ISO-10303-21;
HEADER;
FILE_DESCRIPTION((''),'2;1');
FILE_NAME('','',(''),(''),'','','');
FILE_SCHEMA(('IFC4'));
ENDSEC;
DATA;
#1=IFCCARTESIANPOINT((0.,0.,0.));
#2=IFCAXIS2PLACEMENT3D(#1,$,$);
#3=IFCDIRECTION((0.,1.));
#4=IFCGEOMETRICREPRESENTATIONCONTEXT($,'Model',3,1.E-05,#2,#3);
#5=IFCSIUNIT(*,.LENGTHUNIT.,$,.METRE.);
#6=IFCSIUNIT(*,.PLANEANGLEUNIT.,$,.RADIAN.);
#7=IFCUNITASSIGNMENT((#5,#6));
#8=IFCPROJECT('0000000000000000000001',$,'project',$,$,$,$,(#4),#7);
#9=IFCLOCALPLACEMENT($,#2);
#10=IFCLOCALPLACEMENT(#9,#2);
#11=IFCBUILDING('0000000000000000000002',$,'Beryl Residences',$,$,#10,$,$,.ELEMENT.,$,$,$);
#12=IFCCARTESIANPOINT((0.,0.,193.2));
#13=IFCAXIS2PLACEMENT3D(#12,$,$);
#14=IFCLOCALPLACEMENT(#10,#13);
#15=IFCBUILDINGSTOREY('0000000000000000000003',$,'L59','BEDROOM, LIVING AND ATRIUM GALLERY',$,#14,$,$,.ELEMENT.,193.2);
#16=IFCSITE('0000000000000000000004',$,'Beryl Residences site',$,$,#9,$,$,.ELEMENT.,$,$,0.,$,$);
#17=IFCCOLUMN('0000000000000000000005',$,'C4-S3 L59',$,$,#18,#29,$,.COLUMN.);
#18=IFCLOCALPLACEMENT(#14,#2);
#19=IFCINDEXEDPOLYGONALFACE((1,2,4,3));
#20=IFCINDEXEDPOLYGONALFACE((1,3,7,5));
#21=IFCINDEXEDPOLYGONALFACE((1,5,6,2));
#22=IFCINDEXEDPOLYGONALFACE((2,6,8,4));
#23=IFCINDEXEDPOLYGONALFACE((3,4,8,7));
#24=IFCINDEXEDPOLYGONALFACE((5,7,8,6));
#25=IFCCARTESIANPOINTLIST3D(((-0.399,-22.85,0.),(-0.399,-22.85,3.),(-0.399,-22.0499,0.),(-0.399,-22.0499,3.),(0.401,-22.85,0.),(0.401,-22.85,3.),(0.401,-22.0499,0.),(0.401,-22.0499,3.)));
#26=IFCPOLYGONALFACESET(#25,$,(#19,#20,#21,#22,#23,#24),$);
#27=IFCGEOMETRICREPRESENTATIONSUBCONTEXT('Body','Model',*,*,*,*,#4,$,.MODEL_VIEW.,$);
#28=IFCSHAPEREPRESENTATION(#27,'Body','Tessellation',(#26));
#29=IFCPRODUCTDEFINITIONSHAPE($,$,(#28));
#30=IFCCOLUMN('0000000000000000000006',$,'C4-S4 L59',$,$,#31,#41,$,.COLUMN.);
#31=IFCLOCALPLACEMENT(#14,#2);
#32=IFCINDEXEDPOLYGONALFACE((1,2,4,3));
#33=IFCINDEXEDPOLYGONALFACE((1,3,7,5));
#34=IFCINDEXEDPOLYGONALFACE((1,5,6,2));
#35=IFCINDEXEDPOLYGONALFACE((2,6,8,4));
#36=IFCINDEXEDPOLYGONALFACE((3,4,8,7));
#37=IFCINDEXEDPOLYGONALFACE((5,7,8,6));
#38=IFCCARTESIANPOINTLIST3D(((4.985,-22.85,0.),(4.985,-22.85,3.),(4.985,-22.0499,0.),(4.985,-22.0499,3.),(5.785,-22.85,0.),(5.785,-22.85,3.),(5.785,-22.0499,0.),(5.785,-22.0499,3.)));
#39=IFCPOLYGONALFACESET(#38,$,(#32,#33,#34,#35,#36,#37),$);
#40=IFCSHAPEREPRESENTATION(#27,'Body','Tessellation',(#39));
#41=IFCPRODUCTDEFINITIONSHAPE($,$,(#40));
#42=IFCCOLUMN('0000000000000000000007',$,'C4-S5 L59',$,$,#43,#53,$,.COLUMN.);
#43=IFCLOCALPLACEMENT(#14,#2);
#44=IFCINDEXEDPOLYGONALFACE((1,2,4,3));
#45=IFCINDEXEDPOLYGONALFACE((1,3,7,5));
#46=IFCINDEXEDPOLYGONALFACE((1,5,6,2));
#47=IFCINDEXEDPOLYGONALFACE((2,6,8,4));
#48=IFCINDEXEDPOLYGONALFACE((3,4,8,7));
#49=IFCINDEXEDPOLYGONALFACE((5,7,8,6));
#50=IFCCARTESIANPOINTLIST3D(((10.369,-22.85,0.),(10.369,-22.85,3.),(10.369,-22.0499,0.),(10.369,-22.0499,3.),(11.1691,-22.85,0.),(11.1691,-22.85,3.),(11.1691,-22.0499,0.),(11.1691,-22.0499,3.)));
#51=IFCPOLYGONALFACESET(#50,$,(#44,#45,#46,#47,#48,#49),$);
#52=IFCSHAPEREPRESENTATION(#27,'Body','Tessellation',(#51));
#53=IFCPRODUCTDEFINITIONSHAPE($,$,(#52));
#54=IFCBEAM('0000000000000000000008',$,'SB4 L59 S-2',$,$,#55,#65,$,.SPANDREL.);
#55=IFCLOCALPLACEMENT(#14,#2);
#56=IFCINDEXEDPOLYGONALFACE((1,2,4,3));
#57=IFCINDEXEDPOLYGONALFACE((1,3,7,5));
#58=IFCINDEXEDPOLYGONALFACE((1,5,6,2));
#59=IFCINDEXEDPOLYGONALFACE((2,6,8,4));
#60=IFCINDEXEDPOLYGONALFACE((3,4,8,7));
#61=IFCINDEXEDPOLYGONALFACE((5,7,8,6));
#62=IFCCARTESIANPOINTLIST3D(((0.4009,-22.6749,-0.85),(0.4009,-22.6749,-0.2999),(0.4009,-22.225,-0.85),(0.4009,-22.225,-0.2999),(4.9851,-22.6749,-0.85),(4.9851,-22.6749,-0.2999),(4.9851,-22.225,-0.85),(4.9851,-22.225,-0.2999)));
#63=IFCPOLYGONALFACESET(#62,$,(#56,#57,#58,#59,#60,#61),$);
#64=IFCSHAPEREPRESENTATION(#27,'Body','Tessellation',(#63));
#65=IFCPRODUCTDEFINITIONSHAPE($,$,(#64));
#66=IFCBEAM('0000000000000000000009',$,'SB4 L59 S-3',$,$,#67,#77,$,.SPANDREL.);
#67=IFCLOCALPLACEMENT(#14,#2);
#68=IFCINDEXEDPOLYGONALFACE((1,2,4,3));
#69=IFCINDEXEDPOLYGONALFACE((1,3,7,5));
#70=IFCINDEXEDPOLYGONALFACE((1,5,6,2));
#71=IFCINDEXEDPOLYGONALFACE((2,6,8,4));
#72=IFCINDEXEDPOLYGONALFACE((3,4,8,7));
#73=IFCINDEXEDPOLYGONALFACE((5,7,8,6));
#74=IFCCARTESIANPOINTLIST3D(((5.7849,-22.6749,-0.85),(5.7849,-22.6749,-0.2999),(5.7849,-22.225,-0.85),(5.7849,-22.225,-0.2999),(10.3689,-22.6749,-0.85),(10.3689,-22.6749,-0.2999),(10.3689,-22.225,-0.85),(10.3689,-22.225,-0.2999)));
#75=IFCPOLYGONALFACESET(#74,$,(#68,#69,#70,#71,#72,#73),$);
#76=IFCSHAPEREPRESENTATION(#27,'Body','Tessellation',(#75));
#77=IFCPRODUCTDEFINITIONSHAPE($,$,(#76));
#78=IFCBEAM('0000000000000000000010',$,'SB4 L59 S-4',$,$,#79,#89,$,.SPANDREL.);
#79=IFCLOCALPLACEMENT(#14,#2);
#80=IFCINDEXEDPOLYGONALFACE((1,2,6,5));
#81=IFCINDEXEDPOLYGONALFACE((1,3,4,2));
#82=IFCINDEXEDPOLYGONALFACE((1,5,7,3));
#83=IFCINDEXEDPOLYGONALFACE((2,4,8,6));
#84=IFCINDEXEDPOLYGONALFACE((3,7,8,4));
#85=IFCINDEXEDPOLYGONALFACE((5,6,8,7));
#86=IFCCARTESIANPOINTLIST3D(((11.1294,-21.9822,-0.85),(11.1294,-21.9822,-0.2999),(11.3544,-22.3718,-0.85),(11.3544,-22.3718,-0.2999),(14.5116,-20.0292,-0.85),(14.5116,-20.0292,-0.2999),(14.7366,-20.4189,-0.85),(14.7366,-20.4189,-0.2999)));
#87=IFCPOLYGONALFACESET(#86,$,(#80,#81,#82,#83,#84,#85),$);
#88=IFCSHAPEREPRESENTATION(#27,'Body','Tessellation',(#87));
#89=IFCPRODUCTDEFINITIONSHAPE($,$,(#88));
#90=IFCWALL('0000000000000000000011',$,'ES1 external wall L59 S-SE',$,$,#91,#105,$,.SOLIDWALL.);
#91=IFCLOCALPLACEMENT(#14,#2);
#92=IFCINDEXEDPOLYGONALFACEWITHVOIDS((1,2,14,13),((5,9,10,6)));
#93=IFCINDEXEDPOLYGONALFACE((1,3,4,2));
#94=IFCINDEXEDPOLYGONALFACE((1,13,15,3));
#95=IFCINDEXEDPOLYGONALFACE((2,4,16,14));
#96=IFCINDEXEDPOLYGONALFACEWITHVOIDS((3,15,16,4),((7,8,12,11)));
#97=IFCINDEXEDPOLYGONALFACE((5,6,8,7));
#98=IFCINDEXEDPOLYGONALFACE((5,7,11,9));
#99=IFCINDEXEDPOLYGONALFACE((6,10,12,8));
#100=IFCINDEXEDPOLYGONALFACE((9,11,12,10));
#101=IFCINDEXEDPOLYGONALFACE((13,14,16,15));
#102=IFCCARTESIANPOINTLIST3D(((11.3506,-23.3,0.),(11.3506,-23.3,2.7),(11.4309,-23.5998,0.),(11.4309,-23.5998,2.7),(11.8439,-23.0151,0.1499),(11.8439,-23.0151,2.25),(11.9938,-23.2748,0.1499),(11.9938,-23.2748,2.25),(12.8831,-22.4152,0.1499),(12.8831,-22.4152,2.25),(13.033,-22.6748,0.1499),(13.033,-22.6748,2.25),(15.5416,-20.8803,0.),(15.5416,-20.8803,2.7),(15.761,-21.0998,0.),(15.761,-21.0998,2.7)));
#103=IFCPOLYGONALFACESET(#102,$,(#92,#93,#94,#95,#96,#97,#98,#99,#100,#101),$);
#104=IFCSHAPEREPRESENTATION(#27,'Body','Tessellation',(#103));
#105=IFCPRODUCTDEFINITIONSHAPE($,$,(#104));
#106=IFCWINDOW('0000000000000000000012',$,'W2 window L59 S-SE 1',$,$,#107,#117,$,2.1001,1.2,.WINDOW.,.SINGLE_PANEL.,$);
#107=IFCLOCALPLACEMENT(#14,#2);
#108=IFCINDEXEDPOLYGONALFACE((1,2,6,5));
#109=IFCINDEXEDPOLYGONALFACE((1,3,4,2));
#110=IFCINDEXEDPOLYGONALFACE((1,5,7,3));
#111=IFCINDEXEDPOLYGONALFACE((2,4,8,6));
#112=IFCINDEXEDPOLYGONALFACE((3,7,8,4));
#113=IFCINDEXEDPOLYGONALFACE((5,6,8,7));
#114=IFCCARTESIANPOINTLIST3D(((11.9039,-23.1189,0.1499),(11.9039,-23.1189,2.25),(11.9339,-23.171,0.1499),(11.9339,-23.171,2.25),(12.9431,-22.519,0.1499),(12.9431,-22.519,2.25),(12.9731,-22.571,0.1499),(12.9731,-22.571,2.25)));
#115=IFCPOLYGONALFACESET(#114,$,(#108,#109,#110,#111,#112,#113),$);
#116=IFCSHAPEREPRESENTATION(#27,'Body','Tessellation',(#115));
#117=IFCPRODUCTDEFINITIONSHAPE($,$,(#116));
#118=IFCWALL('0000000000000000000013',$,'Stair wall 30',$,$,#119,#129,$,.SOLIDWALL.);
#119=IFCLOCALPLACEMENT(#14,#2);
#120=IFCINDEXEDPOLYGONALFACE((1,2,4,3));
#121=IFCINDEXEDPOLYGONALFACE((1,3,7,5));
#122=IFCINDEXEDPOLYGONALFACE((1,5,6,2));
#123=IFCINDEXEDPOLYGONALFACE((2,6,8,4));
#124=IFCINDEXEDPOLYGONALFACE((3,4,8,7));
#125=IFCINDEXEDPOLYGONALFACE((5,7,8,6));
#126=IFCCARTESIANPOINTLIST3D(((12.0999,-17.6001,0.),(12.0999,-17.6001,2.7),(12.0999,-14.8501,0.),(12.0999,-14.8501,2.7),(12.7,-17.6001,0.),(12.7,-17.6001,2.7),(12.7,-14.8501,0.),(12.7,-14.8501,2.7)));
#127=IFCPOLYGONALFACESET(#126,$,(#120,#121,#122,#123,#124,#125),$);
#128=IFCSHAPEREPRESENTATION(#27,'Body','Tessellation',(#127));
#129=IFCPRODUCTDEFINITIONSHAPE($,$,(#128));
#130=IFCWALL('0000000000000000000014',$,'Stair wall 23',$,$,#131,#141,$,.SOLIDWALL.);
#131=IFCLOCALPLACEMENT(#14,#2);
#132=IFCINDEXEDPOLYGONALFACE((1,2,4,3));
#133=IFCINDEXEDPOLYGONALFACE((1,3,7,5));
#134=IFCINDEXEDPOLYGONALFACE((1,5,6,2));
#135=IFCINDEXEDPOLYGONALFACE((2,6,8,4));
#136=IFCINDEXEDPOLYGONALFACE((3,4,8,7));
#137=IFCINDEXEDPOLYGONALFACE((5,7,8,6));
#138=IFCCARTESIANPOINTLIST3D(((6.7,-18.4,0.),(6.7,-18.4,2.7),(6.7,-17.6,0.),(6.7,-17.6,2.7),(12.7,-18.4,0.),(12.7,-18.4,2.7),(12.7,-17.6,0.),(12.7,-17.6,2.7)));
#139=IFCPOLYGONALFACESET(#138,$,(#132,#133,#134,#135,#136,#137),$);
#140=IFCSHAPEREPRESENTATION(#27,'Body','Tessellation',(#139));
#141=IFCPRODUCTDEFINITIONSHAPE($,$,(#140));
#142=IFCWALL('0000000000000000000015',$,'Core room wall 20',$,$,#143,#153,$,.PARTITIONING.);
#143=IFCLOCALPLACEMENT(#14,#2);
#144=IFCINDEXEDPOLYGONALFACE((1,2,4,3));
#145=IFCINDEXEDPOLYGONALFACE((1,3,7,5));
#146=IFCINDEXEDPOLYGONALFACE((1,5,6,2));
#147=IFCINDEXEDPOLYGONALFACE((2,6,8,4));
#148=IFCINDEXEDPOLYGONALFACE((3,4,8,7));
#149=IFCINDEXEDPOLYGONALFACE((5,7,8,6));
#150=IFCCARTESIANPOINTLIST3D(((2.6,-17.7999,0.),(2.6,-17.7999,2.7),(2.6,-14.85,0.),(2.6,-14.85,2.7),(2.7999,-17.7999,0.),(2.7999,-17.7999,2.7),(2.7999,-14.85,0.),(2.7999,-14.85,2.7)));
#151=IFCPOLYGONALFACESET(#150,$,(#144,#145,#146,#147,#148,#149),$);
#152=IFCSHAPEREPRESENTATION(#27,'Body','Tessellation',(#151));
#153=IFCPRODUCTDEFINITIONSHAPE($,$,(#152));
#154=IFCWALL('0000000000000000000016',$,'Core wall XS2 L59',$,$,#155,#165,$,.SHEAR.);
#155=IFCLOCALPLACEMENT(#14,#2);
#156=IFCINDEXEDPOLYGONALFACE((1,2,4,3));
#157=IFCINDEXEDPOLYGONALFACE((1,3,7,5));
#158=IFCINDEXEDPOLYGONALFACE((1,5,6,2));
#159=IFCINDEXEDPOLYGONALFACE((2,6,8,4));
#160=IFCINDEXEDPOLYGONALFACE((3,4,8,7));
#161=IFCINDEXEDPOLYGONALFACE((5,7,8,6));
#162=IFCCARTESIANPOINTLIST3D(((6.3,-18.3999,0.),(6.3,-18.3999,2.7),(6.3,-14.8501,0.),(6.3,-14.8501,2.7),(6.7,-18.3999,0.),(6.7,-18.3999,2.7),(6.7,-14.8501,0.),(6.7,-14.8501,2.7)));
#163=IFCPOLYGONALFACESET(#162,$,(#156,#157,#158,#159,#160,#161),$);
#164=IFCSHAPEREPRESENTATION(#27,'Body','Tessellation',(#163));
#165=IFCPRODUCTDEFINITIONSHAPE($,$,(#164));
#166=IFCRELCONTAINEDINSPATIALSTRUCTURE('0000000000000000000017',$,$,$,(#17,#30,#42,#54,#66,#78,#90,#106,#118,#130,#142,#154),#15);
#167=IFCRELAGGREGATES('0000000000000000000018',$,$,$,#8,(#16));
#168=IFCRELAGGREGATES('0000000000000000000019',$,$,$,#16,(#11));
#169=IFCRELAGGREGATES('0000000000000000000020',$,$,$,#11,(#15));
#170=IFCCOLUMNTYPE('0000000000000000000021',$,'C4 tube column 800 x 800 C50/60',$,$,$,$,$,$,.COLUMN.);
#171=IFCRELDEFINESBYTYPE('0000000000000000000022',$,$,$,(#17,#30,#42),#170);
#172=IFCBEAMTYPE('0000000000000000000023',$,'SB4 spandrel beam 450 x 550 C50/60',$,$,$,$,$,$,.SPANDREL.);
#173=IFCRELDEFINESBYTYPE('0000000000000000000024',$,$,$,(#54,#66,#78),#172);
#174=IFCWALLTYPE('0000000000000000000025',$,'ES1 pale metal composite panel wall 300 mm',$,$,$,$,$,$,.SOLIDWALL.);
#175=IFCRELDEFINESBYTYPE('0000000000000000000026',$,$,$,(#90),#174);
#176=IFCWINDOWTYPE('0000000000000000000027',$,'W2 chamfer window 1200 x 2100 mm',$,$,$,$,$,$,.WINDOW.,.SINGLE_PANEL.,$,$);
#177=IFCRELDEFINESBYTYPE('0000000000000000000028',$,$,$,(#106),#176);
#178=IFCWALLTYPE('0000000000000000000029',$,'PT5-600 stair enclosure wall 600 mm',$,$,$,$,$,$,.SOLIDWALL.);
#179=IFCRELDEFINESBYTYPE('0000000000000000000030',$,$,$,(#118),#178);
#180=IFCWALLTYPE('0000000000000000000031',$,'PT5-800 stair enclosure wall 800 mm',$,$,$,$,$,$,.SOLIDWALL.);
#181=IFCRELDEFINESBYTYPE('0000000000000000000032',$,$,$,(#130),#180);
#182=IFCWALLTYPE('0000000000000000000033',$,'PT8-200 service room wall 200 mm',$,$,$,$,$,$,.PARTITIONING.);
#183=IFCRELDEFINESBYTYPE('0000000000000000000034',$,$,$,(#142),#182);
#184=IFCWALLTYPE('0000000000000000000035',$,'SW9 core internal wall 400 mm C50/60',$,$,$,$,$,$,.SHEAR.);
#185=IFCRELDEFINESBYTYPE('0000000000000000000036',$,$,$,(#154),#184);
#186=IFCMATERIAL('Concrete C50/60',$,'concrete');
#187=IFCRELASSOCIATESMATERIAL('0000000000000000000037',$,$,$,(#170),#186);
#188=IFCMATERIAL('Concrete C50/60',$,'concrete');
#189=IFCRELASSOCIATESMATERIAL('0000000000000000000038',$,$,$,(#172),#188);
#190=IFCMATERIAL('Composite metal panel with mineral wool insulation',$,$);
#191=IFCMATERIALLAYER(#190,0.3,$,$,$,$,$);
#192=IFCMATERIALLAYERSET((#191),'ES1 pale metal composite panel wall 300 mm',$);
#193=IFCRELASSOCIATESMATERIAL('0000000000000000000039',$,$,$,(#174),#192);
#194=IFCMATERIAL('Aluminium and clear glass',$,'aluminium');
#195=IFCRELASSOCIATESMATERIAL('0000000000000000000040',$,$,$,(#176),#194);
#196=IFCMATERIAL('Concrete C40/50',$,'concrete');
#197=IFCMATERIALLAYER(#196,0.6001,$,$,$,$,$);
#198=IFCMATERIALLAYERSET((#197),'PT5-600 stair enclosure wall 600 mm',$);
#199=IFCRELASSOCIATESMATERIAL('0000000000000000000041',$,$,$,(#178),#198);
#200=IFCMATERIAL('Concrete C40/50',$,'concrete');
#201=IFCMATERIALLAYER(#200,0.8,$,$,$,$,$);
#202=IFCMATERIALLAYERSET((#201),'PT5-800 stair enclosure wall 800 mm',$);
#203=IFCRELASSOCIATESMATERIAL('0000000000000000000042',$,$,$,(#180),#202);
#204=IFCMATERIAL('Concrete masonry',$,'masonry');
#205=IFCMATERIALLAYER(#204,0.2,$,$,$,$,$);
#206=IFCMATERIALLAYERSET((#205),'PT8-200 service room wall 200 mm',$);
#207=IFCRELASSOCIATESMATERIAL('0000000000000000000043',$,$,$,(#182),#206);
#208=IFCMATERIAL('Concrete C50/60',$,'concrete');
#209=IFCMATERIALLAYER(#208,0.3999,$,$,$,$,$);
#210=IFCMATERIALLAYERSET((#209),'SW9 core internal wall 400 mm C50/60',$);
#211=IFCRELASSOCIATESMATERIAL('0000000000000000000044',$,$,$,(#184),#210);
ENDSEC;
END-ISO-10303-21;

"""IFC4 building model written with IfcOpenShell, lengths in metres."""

from ifc_helpers import new_model, si_unit, direction, frame, frame_2d, origin, origin_2d, place, context, subcontext, project, spatial, polyline, rectangle, outline, extrude, material, layer, layer_set, material_profile, profile_set, type_object, element, fill, save


model = new_model("IFC4")

# Units and contexts
model_context = context("Model", 3, precision=1e-05, world=origin(), true_north=direction((0.0, 1.0)))
body_context = subcontext(model_context, "Body", "Model", "MODEL_VIEW")
ifc_project = project(units=[si_unit("LENGTHUNIT", "METRE"), si_unit("PLANEANGLEUNIT", "RADIAN")], contexts=[model_context])

# Site, building, storey
site_placement = place(None, origin())
site = spatial("IfcSite", under=ifc_project, at=site_placement, Name="Beryl Residences site", CompositionType="ELEMENT", RefElevation=0.0)
building_placement = place(site_placement, origin())
building = spatial("IfcBuilding", under=site, at=building_placement, Name="Beryl Residences", CompositionType="ELEMENT")
storey_placement = place(building_placement, frame((0.0, 0.0, 193.2)))
storey = spatial("IfcBuildingStorey", under=building, at=storey_placement, Name="L59", Description="BEDROOM, LIVING AND ATRIUM GALLERY", CompositionType="ELEMENT", Elevation=193.2)

# Columns
ifc_material_1 = material(Name="Concrete C50/60", Category="concrete")
ifc_material_profile_1 = material_profile(ifc_material_1, rectangle(XDim=0.8, YDim=0.8, at=origin_2d()))
ifc_profile_set_1 = profile_set([ifc_material_profile_1], Name="Concrete C50/60")
column_type = type_object("IfcColumnType", Name="C4 tube column 800 x 800 C50/60", PredefinedType="COLUMN", material=ifc_profile_set_1)
for number, where, z_axis, x_axis, name in (
    (1, (0.001, -22.45, 0.0), (0.0, 0.0, 1.0), (1.0, 0.0, 0.0), "C4-S3 L59"),
    (2, (5.385, -22.45, 0.0), (0.0, 0.0, 1.0), (1.0, 0.0, 0.0), "C4-S4 L59"),
    (3, (10.769, -22.45, 0.0), (0.0, 0.0, 1.0), (1.0, 0.0, 0.0), "C4-S5 L59"),
):
    element("IfcColumn", number, at=place(storey_placement, frame(where, z_axis=z_axis, x_axis=x_axis)), inside=storey, type_object=column_type, Name=name, PredefinedType="COLUMN", context=body_context, shape_type="SweptSolid", body=[
        extrude(rectangle(XDim=0.8, YDim=0.8, at=origin_2d()), origin(), (0.0, 0.0, 1.0), 3.0),
    ])

# Beams
ifc_material_2 = material(Name="Concrete C50/60", Category="concrete")
ifc_material_profile_2 = material_profile(ifc_material_2, rectangle(XDim=0.45, YDim=0.55, at=origin_2d()))
ifc_profile_set_2 = profile_set([ifc_material_profile_2], Name="Concrete C50/60")
beam_type = type_object("IfcBeamType", Name="SB4 spandrel beam 450 x 550 C50/60", PredefinedType="SPANDREL", material=ifc_profile_set_2)
beam_1_placement = place(storey_placement, frame((0.4009, -22.45, -0.575), z_axis=(1.0, 0.0, 0.0), x_axis=(0.0, 1.0, 0.0)))
element("IfcBeam", 4, at=beam_1_placement, inside=storey, type_object=beam_type, Name="SB4 L59 S-2", PredefinedType="SPANDREL", context=body_context, shape_type="SweptSolid", body=[
    extrude(rectangle(XDim=0.45, YDim=0.55, at=origin_2d()), origin(), (0.0, 0.0, 1.0), 4.5842),
])
beam_2_placement = place(storey_placement, frame((5.7849, -22.45, -0.575), z_axis=(1.0, 0.0, 0.0), x_axis=(0.0, 1.0, 0.0)))
element("IfcBeam", 5, at=beam_2_placement, inside=storey, type_object=beam_type, Name="SB4 L59 S-3", PredefinedType="SPANDREL", context=body_context, shape_type="SweptSolid", body=[
    extrude(rectangle(XDim=0.45, YDim=0.55, at=origin_2d()), origin(), (0.0, 0.0, 1.0), 4.584),
])
beam_3_placement = place(storey_placement, frame((11.2419, -22.177, -0.575), z_axis=(0.865999, 0.500045, 0.0), x_axis=(-0.500045, 0.865999, 0.0)))
element("IfcBeam", 6, at=beam_3_placement, inside=storey, type_object=beam_type, Name="SB4 L59 S-4", PredefinedType="SPANDREL", context=body_context, shape_type="SweptSolid", body=[
    extrude(rectangle(XDim=0.45, YDim=0.55, at=origin_2d()), origin(), (0.0, 0.0, 1.0), 3.9055),
])

# Wall, opening, window
ifc_material_3 = material(Name="Composite metal panel with mineral wool insulation")
ifc_layer_1 = layer(ifc_material_3, 0.3)
ifc_layer_set_1 = layer_set([ifc_layer_1], Name="ES1 pale metal composite panel wall 300 mm")
wall_type_1 = type_object("IfcWallType", Name="ES1 pale metal composite panel wall 300 mm", PredefinedType="SOLIDWALL", material=ifc_layer_set_1)
wall_1_placement = place(storey_placement, frame((11.356, -23.47, 0.0), z_axis=(0.0, 0.0, 1.0), x_axis=(0.866023, 0.500004, 0.0)))
wall_1 = element("IfcWall", 7, at=wall_1_placement, inside=storey, type_object=wall_type_1, Name="ES1 external wall L59 S-SE", PredefinedType="SOLIDWALL", context=body_context, shape_type="SweptSolid", body=[
    extrude(outline(polyline([(0.0, -0.1499), (5.0, -0.1499), (4.9197, 0.1499), (0.0803, 0.1499), (0.0, -0.1499)])), origin(), (0.0, 0.0, 1.0), 2.7),
])
opening_placement = place(wall_1_placement, frame((0.6499, 0.0, 0.1499)))
opening = element("IfcOpeningElement", 8, at=opening_placement, cuts=wall_1, PredefinedType="OPENING", context=body_context, shape_type="SweptSolid", body=[
    extrude(rectangle(XDim=1.2, YDim=2.1001, at=frame_2d((0.6001, 1.05))), frame((0.0, 0.1599, 0.0), z_axis=(0.0, -1.0, 0.0), x_axis=(1.0, 0.0, 0.0)), (0.0, 0.0, 1.0), 0.3201),
])
ifc_material_4 = material(Name="Aluminium and clear glass", Category="aluminium")
window_type = type_object("IfcWindowType", Name="W2 chamfer window 1200 x 2100 mm", PartitioningType="SINGLE_PANEL", PredefinedType="WINDOW", material=ifc_material_4)
window_placement = place(opening_placement, origin())
window = element("IfcWindow", 9, at=window_placement, inside=storey, type_object=window_type, Name="W2 window L59 S-SE 1", OverallHeight=2.1001, OverallWidth=1.2, PartitioningType="SINGLE_PANEL", PredefinedType="WINDOW", context=body_context, shape_type="SweptSolid", body=[
    extrude(rectangle(XDim=1.2, YDim=2.1001, at=frame_2d((0.6001, 1.05))), frame((0.0, 0.03, 0.0), z_axis=(0.0, -1.0, 0.0), x_axis=(1.0, 0.0, 0.0)), (0.0, 0.0, 1.0), 0.0601),
])
fill(opening, window)

# Walls
ifc_material_5 = material(Name="Concrete C40/50", Category="concrete")
ifc_layer_2 = layer(ifc_material_5, 0.6001)
ifc_layer_set_2 = layer_set([ifc_layer_2], Name="PT5-600 stair enclosure wall 600 mm")
wall_type_2 = type_object("IfcWallType", Name="PT5-600 stair enclosure wall 600 mm", PredefinedType="SOLIDWALL", material=ifc_layer_set_2)
wall_2_placement = place(storey_placement, frame((12.3999, -17.6001, 0.0), z_axis=(0.0, 0.0, 1.0), x_axis=(0.0, 1.0, 0.0)))
element("IfcWall", 10, at=wall_2_placement, inside=storey, type_object=wall_type_2, Name="Stair wall 30", PredefinedType="SOLIDWALL", context=body_context, shape_type="SweptSolid", body=[
    extrude(rectangle(XDim=2.75, YDim=0.6001, at=frame_2d((1.375, 0.0))), origin(), (0.0, 0.0, 1.0), 2.7),
])
ifc_material_6 = material(Name="Concrete C40/50", Category="concrete")
ifc_layer_3 = layer(ifc_material_6, 0.8)
ifc_layer_set_3 = layer_set([ifc_layer_3], Name="PT5-800 stair enclosure wall 800 mm")
wall_type_3 = type_object("IfcWallType", Name="PT5-800 stair enclosure wall 800 mm", PredefinedType="SOLIDWALL", material=ifc_layer_set_3)
wall_3_placement = place(storey_placement, frame((6.7, -18.0, 0.0), z_axis=(0.0, 0.0, 1.0), x_axis=(1.0, 0.0, 0.0)))
element("IfcWall", 11, at=wall_3_placement, inside=storey, type_object=wall_type_3, Name="Stair wall 23", PredefinedType="SOLIDWALL", context=body_context, shape_type="SweptSolid", body=[
    extrude(rectangle(XDim=6.0, YDim=0.8, at=frame_2d((3.0, 0.0))), origin(), (0.0, 0.0, 1.0), 2.7),
])
ifc_material_7 = material(Name="Concrete masonry", Category="masonry")
ifc_layer_4 = layer(ifc_material_7, 0.2)
ifc_layer_set_4 = layer_set([ifc_layer_4], Name="PT8-200 service room wall 200 mm")
wall_type_4 = type_object("IfcWallType", Name="PT8-200 service room wall 200 mm", PredefinedType="PARTITIONING", material=ifc_layer_set_4)
wall_4_placement = place(storey_placement, frame((2.7, -17.8, 0.0), z_axis=(0.0, 0.0, 1.0), x_axis=(0.0, 1.0, 0.0)))
element("IfcWall", 12, at=wall_4_placement, inside=storey, type_object=wall_type_4, Name="Core room wall 20", PredefinedType="PARTITIONING", context=body_context, shape_type="SweptSolid", body=[
    extrude(rectangle(XDim=2.95, YDim=0.2, at=frame_2d((1.4751, 0.0))), origin(), (0.0, 0.0, 1.0), 2.7),
])
ifc_material_8 = material(Name="Concrete C50/60", Category="concrete")
ifc_layer_5 = layer(ifc_material_8, 0.3999)
ifc_layer_set_5 = layer_set([ifc_layer_5], Name="SW9 core internal wall 400 mm C50/60")
wall_type_5 = type_object("IfcWallType", Name="SW9 core internal wall 400 mm C50/60", PredefinedType="SHEAR", material=ifc_layer_set_5)
wall_5_placement = place(storey_placement, frame((6.5, -18.3999, 0.0), z_axis=(0.0, 0.0, 1.0), x_axis=(0.0, 1.0, 0.0)))
element("IfcWall", 13, at=wall_5_placement, inside=storey, type_object=wall_type_5, Name="Core wall XS2 L59", PredefinedType="SHEAR", context=body_context, shape_type="SweptSolid", body=[
    extrude(rectangle(XDim=3.5498, YDim=0.3999, at=frame_2d((1.7749, 0.0))), origin(), (0.0, 0.0, 1.0), 2.7),
])

save(model, "model.ifc")
